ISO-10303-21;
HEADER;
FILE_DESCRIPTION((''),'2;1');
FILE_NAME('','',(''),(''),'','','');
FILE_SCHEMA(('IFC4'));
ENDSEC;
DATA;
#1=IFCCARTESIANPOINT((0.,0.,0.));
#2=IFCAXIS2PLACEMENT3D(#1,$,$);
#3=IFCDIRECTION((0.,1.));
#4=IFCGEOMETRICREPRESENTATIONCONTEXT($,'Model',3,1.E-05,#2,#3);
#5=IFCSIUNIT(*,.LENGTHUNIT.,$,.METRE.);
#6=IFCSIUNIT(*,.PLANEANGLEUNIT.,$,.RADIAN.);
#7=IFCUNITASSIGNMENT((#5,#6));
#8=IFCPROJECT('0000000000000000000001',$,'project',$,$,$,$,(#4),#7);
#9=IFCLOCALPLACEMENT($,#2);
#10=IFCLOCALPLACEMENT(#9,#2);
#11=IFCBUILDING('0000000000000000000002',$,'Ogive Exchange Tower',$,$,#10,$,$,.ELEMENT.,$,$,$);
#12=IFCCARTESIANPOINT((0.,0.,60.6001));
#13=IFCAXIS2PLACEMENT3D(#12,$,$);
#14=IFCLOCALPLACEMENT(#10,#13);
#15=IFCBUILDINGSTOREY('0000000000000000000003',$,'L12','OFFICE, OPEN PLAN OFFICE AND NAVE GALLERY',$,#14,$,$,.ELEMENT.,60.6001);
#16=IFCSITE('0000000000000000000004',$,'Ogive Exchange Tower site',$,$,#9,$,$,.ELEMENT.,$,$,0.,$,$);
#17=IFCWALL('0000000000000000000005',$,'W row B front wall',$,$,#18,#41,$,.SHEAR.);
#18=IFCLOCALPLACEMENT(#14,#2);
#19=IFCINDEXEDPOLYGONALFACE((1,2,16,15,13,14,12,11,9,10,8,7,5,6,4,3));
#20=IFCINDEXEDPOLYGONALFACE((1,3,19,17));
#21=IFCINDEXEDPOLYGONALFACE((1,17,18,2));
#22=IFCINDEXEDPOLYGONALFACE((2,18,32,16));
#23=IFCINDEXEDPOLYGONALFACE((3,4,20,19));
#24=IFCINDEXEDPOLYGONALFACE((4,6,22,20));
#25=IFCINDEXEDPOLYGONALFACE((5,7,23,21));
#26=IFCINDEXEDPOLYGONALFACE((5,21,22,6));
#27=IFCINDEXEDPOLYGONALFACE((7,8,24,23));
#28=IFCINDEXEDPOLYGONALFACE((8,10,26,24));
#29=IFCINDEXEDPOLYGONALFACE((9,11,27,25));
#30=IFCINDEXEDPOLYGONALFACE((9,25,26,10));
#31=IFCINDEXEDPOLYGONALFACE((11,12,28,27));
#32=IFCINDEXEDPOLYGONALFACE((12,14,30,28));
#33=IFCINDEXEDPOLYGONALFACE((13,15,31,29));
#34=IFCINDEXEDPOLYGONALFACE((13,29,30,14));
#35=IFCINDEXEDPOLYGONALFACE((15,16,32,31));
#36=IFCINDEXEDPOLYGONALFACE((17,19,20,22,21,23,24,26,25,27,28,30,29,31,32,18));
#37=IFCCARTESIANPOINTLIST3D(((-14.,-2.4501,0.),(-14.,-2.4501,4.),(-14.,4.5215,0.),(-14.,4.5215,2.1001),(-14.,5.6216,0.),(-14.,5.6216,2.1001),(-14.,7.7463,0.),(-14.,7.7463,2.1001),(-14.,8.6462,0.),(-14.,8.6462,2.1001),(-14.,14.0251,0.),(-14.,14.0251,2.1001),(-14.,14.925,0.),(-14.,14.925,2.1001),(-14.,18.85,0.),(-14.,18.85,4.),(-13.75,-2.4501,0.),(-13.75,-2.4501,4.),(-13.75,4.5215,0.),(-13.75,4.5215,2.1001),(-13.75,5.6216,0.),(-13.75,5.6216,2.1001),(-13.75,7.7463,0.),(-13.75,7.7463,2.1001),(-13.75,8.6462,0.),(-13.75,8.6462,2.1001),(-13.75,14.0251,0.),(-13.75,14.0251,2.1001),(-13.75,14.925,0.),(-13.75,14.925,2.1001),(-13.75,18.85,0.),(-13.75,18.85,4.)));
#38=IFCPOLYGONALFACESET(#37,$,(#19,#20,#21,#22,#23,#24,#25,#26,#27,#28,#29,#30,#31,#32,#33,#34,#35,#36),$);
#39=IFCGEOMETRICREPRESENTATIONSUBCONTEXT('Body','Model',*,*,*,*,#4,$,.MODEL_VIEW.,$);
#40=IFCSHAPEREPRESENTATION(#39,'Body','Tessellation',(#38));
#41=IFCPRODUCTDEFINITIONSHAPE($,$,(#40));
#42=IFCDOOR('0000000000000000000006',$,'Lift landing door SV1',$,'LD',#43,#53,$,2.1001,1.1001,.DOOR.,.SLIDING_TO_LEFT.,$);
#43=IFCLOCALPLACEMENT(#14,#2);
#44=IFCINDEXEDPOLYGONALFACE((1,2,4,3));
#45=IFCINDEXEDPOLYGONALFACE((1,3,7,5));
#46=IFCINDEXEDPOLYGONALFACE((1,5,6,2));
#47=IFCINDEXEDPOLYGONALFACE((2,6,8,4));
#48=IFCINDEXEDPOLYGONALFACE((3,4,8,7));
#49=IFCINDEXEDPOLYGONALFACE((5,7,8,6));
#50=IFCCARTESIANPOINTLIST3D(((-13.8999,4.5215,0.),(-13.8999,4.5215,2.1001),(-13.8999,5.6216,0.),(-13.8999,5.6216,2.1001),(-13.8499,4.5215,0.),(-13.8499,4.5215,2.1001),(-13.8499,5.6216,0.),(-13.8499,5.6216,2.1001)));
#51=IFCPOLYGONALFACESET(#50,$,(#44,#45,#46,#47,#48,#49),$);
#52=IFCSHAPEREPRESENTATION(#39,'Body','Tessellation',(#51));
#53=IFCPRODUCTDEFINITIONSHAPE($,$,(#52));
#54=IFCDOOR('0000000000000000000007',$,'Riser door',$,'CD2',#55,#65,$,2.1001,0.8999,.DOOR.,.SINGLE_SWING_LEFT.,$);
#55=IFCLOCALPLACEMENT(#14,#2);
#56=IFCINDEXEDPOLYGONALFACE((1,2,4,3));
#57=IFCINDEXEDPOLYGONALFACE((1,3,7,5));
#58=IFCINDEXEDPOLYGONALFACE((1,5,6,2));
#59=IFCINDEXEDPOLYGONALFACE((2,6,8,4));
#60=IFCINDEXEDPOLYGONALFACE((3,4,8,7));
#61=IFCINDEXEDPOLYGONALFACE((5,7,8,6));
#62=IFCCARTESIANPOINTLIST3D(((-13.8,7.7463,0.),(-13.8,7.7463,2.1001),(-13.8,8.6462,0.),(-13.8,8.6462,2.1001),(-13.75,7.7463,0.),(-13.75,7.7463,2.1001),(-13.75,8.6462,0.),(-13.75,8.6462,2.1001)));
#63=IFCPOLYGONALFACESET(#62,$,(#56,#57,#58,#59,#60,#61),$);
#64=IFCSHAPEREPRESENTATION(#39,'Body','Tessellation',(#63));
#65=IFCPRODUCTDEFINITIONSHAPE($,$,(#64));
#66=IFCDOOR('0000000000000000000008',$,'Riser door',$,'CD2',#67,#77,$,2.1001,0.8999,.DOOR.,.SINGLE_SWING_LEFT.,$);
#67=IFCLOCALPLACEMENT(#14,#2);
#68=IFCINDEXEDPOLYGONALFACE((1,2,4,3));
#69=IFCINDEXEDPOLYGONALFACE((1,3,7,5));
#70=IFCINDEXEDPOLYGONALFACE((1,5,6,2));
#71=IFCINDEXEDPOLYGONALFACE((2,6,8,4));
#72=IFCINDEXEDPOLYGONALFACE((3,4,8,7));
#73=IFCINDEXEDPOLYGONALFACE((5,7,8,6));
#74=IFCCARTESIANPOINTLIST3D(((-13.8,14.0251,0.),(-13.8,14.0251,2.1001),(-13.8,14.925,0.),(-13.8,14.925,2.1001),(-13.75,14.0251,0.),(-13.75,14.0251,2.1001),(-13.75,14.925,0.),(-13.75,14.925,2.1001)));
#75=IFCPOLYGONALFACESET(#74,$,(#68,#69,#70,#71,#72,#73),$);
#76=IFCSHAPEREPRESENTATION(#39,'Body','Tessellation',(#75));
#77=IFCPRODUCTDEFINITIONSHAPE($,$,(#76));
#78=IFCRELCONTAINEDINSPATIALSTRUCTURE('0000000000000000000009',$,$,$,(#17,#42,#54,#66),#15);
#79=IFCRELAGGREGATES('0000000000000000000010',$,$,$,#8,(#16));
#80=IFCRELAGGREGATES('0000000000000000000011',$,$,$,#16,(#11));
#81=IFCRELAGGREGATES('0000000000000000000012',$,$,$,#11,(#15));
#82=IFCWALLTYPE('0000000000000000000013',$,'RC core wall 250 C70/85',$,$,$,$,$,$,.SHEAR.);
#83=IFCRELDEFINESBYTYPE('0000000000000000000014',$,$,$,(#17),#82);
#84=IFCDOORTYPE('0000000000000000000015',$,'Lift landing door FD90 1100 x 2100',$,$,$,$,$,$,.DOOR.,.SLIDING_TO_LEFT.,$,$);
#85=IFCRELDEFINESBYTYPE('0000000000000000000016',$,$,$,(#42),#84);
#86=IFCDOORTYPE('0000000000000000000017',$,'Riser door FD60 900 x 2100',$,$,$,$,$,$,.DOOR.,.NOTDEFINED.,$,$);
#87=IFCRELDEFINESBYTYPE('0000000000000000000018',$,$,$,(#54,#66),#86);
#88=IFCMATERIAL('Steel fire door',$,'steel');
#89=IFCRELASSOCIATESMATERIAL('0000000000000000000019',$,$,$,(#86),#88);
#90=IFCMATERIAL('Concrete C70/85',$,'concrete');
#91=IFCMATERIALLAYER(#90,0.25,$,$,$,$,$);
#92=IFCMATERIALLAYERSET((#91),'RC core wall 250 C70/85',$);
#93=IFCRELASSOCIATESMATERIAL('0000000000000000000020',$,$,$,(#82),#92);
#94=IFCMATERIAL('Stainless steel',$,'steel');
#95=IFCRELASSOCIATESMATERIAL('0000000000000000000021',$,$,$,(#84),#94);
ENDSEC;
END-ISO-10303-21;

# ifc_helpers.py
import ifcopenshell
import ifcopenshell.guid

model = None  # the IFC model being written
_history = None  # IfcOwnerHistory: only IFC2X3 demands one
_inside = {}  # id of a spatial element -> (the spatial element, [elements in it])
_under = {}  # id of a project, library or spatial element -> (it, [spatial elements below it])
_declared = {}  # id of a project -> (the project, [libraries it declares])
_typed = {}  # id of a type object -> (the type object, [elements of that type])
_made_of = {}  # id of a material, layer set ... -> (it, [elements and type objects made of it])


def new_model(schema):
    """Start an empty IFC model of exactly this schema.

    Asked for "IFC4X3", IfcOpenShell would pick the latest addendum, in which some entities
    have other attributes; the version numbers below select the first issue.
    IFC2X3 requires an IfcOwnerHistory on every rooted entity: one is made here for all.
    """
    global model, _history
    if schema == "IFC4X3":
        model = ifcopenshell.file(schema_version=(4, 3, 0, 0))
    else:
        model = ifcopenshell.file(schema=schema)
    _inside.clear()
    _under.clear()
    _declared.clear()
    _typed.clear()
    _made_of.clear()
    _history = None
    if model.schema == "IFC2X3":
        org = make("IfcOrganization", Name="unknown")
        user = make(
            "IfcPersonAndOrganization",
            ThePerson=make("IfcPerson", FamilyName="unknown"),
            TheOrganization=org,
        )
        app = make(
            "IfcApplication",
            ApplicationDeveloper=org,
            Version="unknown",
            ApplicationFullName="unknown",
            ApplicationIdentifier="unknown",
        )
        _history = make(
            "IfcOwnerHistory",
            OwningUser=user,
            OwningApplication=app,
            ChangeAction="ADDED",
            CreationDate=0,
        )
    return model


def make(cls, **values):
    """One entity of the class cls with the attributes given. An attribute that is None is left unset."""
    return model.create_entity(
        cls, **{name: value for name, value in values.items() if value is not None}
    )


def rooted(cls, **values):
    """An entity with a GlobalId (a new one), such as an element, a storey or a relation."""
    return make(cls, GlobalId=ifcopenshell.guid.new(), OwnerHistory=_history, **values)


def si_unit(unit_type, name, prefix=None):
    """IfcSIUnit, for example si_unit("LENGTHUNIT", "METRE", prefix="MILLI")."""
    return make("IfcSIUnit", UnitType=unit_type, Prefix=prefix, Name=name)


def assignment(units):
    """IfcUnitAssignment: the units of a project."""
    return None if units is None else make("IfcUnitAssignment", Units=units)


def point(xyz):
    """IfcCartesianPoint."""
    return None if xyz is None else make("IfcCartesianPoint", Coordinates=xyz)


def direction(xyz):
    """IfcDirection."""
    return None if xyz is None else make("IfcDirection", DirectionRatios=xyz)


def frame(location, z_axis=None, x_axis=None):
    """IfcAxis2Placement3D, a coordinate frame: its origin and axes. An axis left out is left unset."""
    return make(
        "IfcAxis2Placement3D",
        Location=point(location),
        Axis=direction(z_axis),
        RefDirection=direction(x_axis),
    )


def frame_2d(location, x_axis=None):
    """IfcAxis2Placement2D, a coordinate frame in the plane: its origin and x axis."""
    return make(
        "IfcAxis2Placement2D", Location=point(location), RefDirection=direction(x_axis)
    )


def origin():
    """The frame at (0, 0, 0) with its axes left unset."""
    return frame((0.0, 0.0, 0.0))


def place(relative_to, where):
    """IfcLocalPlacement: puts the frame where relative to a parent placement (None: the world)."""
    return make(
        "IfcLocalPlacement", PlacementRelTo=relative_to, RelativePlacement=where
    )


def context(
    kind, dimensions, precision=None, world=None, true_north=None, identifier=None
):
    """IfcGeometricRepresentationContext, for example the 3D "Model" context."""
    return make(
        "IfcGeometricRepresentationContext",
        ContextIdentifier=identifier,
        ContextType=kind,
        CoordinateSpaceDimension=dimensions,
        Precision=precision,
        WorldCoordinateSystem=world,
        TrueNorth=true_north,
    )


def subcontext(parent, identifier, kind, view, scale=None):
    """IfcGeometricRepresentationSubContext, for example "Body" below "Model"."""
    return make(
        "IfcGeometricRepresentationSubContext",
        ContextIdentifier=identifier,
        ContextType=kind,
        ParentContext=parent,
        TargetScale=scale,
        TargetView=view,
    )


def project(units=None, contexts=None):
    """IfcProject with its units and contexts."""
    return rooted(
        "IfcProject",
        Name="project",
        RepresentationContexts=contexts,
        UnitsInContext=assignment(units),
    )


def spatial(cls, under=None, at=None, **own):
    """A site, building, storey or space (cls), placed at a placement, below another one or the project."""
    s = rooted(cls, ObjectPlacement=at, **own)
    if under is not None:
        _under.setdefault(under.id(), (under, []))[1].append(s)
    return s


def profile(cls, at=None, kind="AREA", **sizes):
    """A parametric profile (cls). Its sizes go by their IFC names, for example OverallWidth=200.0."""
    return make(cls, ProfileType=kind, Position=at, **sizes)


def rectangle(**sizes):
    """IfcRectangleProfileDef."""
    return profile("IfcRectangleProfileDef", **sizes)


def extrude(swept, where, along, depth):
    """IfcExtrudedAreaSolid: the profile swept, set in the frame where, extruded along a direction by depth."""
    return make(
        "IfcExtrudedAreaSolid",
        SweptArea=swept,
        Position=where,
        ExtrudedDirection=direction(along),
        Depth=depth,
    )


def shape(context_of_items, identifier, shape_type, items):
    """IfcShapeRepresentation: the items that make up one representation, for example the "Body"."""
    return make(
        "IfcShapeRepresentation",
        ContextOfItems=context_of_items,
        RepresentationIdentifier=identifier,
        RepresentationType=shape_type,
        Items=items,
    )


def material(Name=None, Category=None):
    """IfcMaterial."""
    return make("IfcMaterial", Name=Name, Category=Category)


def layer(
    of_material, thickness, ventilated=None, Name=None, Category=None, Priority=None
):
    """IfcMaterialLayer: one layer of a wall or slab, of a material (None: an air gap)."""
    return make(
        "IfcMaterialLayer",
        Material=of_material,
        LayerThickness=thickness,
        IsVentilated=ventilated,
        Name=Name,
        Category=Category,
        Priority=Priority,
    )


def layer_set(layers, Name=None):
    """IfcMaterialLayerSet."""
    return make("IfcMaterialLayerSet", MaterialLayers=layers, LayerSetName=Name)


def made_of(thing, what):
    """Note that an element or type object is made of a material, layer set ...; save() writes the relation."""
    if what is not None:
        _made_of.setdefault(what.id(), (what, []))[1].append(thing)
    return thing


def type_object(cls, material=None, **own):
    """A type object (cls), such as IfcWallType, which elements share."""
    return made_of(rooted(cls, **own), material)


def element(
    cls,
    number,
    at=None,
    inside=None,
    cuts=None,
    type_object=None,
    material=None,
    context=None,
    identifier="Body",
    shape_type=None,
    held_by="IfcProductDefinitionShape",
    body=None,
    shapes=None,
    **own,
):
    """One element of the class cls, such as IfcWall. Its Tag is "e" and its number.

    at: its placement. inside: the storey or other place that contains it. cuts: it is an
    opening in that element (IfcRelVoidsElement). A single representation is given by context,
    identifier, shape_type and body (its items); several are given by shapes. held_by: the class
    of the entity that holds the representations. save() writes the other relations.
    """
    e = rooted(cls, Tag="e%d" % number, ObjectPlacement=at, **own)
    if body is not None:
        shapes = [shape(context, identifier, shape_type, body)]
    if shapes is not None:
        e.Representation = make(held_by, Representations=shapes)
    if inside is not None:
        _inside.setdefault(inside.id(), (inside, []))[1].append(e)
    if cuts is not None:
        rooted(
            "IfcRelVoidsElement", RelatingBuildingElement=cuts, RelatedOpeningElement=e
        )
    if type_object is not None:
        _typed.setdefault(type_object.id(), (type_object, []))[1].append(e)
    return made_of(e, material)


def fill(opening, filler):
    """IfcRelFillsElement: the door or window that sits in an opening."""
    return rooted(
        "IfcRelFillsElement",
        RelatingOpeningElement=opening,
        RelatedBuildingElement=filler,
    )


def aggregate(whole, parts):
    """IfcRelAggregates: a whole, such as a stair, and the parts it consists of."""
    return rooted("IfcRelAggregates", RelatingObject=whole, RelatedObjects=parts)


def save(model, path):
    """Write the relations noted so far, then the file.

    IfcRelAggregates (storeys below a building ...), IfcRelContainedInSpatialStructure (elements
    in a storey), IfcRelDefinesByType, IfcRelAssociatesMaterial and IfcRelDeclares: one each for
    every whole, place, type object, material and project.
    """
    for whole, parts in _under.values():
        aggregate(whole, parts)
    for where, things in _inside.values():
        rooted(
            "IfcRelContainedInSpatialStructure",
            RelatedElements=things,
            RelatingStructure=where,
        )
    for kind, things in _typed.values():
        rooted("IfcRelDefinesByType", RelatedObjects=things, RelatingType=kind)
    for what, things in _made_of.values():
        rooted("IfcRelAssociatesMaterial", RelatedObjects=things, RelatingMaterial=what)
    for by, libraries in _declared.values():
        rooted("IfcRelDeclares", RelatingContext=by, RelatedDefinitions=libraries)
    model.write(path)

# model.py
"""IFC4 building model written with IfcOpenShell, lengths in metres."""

from ifc_helpers import new_model, si_unit, direction, frame, frame_2d, origin, place, context, subcontext, project, spatial, rectangle, extrude, material, layer, layer_set, type_object, element, fill, save


model = new_model("IFC4")

# Units and contexts
model_context = context("Model", 3, precision=1e-05, world=origin(), true_north=direction((0.0, 1.0)))
body_context = subcontext(model_context, "Body", "Model", "MODEL_VIEW")
ifc_project = project(units=[si_unit("LENGTHUNIT", "METRE"), si_unit("PLANEANGLEUNIT", "RADIAN")], contexts=[model_context])

# Site, building, storey
site_placement = place(None, origin())
site = spatial("IfcSite", under=ifc_project, at=site_placement, Name="Ogive Exchange Tower site", CompositionType="ELEMENT", RefElevation=0.0)
building_placement = place(site_placement, origin())
building = spatial("IfcBuilding", under=site, at=building_placement, Name="Ogive Exchange Tower", CompositionType="ELEMENT")
storey_placement = place(building_placement, frame((0.0, 0.0, 60.6001)))
storey = spatial("IfcBuildingStorey", under=building, at=storey_placement, Name="L12", Description="OFFICE, OPEN PLAN OFFICE AND NAVE GALLERY", CompositionType="ELEMENT", Elevation=60.6001)

# Shared definitions
ifc_material_1 = material(Name="Concrete C70/85", Category="concrete")
ifc_material_2 = material(Name="Steel fire door", Category="steel")
door_type_1 = type_object("IfcDoorType", Name="Riser door FD60 900 x 2100", OperationType="NOTDEFINED", PredefinedType="DOOR", material=ifc_material_2)

# Shared definitions
ifc_layer_1 = layer(ifc_material_1, 0.25)
ifc_layer_set_1 = layer_set([ifc_layer_1], Name="RC core wall 250 C70/85")
wall_type_1 = type_object("IfcWallType", Name="RC core wall 250 C70/85", PredefinedType="SHEAR", material=ifc_layer_set_1)

# Wall, openings, doors
wall_1_placement = place(storey_placement, frame((-13.875, -2.45, 0.0), z_axis=(0.0, 0.0, 1.0), x_axis=(0.0, 1.0, 0.0)))
wall_1 = element("IfcWall", 1, at=wall_1_placement, inside=storey, type_object=wall_type_1, Name="W row B front wall", PredefinedType="SHEAR", context=body_context, shape_type="SweptSolid", body=[
    extrude(rectangle(XDim=21.3, YDim=0.25, at=frame_2d((10.6499, 0.0))), origin(), (0.0, 0.0, 1.0), 4.0),
])
opening_1_placement = place(wall_1_placement, frame((10.1963, 0.0, 0.0)))
opening_1 = element("IfcOpeningElement", 2, at=opening_1_placement, cuts=wall_1, PredefinedType="OPENING", context=body_context, shape_type="SweptSolid", body=[
    extrude(rectangle(XDim=0.8999, YDim=2.1001, at=frame_2d((0.45, 1.05))), frame((0.0, 0.135, 0.0), z_axis=(0.0, -1.0, 0.0), x_axis=(1.0, 0.0, 0.0)), (0.0, 0.0, 1.0), 0.27),
])
opening_2_placement = place(wall_1_placement, frame((16.4751, 0.0, 0.0)))
opening_2 = element("IfcOpeningElement", 3, at=opening_2_placement, cuts=wall_1, PredefinedType="OPENING", context=body_context, shape_type="SweptSolid", body=[
    extrude(rectangle(XDim=0.8999, YDim=2.1001, at=frame_2d((0.45, 1.05))), frame((0.0, 0.135, 0.0), z_axis=(0.0, -1.0, 0.0), x_axis=(1.0, 0.0, 0.0)), (0.0, 0.0, 1.0), 0.27),
])
opening_3_placement = place(wall_1_placement, frame((6.9714, 0.0, 0.0)))
opening_3 = element("IfcOpeningElement", 4, at=opening_3_placement, cuts=wall_1, PredefinedType="OPENING", context=body_context, shape_type="SweptSolid", body=[
    extrude(rectangle(XDim=1.1001, YDim=2.1001, at=frame_2d((0.55, 1.05))), frame((0.0, 0.135, 0.0), z_axis=(0.0, -1.0, 0.0), x_axis=(1.0, 0.0, 0.0)), (0.0, 0.0, 1.0), 0.27),
])
ifc_material_3 = material(Name="Stainless steel", Category="steel")
door_type_2 = type_object("IfcDoorType", Name="Lift landing door FD90 1100 x 2100", OperationType="SLIDING_TO_LEFT", PredefinedType="DOOR", material=ifc_material_3)
door_1_placement = place(opening_3_placement, origin())
door_1 = element("IfcDoor", 5, at=door_1_placement, inside=storey, type_object=door_type_2, Name="Lift landing door SV1", ObjectType="LD", OperationType="SLIDING_TO_LEFT", OverallHeight=2.1001, OverallWidth=1.1001, PredefinedType="DOOR", context=body_context, shape_type="SweptSolid", body=[
    extrude(rectangle(XDim=1.1001, YDim=2.1001, at=frame_2d((0.55, 1.05))), frame((0.0, 0.0249, 0.0), z_axis=(0.0, -1.0, 0.0), x_axis=(1.0, 0.0, 0.0)), (0.0, 0.0, 1.0), 0.05),
])
fill(opening_3, door_1)
door_2_placement = place(opening_1_placement, frame((0.8999, -0.2002, 0.0), z_axis=(0.0, 0.0, 1.0), x_axis=(-1.0, 0.0, 0.0)))
door_2 = element("IfcDoor", 6, at=door_2_placement, inside=storey, type_object=door_type_1, Name="Riser door", ObjectType="CD2", OperationType="SINGLE_SWING_LEFT", OverallHeight=2.1001, OverallWidth=0.8999, PredefinedType="DOOR", context=body_context, shape_type="SweptSolid", body=[
    extrude(rectangle(XDim=0.8999, YDim=2.1001, at=frame_2d((0.45, 1.05))), frame((0.0, -0.0752, 0.0), z_axis=(0.0, -1.0, 0.0), x_axis=(1.0, 0.0, 0.0)), (0.0, 0.0, 1.0), 0.05),
])
fill(opening_1, door_2)
door_3_placement = place(opening_2_placement, frame((0.8999, -0.2002, 0.0), z_axis=(0.0, 0.0, 1.0), x_axis=(-1.0, 0.0, 0.0)))
door_3 = element("IfcDoor", 7, at=door_3_placement, inside=storey, type_object=door_type_1, Name="Riser door", ObjectType="CD2", OperationType="SINGLE_SWING_LEFT", OverallHeight=2.1001, OverallWidth=0.8999, PredefinedType="DOOR", context=body_context, shape_type="SweptSolid", body=[
    extrude(rectangle(XDim=0.8999, YDim=2.1001, at=frame_2d((0.45, 1.05))), frame((0.0, -0.0752, 0.0), z_axis=(0.0, -1.0, 0.0), x_axis=(1.0, 0.0, 0.0)), (0.0, 0.0, 1.0), 0.05),
])
fill(opening_2, door_3)

save(model, "model.ifc")
